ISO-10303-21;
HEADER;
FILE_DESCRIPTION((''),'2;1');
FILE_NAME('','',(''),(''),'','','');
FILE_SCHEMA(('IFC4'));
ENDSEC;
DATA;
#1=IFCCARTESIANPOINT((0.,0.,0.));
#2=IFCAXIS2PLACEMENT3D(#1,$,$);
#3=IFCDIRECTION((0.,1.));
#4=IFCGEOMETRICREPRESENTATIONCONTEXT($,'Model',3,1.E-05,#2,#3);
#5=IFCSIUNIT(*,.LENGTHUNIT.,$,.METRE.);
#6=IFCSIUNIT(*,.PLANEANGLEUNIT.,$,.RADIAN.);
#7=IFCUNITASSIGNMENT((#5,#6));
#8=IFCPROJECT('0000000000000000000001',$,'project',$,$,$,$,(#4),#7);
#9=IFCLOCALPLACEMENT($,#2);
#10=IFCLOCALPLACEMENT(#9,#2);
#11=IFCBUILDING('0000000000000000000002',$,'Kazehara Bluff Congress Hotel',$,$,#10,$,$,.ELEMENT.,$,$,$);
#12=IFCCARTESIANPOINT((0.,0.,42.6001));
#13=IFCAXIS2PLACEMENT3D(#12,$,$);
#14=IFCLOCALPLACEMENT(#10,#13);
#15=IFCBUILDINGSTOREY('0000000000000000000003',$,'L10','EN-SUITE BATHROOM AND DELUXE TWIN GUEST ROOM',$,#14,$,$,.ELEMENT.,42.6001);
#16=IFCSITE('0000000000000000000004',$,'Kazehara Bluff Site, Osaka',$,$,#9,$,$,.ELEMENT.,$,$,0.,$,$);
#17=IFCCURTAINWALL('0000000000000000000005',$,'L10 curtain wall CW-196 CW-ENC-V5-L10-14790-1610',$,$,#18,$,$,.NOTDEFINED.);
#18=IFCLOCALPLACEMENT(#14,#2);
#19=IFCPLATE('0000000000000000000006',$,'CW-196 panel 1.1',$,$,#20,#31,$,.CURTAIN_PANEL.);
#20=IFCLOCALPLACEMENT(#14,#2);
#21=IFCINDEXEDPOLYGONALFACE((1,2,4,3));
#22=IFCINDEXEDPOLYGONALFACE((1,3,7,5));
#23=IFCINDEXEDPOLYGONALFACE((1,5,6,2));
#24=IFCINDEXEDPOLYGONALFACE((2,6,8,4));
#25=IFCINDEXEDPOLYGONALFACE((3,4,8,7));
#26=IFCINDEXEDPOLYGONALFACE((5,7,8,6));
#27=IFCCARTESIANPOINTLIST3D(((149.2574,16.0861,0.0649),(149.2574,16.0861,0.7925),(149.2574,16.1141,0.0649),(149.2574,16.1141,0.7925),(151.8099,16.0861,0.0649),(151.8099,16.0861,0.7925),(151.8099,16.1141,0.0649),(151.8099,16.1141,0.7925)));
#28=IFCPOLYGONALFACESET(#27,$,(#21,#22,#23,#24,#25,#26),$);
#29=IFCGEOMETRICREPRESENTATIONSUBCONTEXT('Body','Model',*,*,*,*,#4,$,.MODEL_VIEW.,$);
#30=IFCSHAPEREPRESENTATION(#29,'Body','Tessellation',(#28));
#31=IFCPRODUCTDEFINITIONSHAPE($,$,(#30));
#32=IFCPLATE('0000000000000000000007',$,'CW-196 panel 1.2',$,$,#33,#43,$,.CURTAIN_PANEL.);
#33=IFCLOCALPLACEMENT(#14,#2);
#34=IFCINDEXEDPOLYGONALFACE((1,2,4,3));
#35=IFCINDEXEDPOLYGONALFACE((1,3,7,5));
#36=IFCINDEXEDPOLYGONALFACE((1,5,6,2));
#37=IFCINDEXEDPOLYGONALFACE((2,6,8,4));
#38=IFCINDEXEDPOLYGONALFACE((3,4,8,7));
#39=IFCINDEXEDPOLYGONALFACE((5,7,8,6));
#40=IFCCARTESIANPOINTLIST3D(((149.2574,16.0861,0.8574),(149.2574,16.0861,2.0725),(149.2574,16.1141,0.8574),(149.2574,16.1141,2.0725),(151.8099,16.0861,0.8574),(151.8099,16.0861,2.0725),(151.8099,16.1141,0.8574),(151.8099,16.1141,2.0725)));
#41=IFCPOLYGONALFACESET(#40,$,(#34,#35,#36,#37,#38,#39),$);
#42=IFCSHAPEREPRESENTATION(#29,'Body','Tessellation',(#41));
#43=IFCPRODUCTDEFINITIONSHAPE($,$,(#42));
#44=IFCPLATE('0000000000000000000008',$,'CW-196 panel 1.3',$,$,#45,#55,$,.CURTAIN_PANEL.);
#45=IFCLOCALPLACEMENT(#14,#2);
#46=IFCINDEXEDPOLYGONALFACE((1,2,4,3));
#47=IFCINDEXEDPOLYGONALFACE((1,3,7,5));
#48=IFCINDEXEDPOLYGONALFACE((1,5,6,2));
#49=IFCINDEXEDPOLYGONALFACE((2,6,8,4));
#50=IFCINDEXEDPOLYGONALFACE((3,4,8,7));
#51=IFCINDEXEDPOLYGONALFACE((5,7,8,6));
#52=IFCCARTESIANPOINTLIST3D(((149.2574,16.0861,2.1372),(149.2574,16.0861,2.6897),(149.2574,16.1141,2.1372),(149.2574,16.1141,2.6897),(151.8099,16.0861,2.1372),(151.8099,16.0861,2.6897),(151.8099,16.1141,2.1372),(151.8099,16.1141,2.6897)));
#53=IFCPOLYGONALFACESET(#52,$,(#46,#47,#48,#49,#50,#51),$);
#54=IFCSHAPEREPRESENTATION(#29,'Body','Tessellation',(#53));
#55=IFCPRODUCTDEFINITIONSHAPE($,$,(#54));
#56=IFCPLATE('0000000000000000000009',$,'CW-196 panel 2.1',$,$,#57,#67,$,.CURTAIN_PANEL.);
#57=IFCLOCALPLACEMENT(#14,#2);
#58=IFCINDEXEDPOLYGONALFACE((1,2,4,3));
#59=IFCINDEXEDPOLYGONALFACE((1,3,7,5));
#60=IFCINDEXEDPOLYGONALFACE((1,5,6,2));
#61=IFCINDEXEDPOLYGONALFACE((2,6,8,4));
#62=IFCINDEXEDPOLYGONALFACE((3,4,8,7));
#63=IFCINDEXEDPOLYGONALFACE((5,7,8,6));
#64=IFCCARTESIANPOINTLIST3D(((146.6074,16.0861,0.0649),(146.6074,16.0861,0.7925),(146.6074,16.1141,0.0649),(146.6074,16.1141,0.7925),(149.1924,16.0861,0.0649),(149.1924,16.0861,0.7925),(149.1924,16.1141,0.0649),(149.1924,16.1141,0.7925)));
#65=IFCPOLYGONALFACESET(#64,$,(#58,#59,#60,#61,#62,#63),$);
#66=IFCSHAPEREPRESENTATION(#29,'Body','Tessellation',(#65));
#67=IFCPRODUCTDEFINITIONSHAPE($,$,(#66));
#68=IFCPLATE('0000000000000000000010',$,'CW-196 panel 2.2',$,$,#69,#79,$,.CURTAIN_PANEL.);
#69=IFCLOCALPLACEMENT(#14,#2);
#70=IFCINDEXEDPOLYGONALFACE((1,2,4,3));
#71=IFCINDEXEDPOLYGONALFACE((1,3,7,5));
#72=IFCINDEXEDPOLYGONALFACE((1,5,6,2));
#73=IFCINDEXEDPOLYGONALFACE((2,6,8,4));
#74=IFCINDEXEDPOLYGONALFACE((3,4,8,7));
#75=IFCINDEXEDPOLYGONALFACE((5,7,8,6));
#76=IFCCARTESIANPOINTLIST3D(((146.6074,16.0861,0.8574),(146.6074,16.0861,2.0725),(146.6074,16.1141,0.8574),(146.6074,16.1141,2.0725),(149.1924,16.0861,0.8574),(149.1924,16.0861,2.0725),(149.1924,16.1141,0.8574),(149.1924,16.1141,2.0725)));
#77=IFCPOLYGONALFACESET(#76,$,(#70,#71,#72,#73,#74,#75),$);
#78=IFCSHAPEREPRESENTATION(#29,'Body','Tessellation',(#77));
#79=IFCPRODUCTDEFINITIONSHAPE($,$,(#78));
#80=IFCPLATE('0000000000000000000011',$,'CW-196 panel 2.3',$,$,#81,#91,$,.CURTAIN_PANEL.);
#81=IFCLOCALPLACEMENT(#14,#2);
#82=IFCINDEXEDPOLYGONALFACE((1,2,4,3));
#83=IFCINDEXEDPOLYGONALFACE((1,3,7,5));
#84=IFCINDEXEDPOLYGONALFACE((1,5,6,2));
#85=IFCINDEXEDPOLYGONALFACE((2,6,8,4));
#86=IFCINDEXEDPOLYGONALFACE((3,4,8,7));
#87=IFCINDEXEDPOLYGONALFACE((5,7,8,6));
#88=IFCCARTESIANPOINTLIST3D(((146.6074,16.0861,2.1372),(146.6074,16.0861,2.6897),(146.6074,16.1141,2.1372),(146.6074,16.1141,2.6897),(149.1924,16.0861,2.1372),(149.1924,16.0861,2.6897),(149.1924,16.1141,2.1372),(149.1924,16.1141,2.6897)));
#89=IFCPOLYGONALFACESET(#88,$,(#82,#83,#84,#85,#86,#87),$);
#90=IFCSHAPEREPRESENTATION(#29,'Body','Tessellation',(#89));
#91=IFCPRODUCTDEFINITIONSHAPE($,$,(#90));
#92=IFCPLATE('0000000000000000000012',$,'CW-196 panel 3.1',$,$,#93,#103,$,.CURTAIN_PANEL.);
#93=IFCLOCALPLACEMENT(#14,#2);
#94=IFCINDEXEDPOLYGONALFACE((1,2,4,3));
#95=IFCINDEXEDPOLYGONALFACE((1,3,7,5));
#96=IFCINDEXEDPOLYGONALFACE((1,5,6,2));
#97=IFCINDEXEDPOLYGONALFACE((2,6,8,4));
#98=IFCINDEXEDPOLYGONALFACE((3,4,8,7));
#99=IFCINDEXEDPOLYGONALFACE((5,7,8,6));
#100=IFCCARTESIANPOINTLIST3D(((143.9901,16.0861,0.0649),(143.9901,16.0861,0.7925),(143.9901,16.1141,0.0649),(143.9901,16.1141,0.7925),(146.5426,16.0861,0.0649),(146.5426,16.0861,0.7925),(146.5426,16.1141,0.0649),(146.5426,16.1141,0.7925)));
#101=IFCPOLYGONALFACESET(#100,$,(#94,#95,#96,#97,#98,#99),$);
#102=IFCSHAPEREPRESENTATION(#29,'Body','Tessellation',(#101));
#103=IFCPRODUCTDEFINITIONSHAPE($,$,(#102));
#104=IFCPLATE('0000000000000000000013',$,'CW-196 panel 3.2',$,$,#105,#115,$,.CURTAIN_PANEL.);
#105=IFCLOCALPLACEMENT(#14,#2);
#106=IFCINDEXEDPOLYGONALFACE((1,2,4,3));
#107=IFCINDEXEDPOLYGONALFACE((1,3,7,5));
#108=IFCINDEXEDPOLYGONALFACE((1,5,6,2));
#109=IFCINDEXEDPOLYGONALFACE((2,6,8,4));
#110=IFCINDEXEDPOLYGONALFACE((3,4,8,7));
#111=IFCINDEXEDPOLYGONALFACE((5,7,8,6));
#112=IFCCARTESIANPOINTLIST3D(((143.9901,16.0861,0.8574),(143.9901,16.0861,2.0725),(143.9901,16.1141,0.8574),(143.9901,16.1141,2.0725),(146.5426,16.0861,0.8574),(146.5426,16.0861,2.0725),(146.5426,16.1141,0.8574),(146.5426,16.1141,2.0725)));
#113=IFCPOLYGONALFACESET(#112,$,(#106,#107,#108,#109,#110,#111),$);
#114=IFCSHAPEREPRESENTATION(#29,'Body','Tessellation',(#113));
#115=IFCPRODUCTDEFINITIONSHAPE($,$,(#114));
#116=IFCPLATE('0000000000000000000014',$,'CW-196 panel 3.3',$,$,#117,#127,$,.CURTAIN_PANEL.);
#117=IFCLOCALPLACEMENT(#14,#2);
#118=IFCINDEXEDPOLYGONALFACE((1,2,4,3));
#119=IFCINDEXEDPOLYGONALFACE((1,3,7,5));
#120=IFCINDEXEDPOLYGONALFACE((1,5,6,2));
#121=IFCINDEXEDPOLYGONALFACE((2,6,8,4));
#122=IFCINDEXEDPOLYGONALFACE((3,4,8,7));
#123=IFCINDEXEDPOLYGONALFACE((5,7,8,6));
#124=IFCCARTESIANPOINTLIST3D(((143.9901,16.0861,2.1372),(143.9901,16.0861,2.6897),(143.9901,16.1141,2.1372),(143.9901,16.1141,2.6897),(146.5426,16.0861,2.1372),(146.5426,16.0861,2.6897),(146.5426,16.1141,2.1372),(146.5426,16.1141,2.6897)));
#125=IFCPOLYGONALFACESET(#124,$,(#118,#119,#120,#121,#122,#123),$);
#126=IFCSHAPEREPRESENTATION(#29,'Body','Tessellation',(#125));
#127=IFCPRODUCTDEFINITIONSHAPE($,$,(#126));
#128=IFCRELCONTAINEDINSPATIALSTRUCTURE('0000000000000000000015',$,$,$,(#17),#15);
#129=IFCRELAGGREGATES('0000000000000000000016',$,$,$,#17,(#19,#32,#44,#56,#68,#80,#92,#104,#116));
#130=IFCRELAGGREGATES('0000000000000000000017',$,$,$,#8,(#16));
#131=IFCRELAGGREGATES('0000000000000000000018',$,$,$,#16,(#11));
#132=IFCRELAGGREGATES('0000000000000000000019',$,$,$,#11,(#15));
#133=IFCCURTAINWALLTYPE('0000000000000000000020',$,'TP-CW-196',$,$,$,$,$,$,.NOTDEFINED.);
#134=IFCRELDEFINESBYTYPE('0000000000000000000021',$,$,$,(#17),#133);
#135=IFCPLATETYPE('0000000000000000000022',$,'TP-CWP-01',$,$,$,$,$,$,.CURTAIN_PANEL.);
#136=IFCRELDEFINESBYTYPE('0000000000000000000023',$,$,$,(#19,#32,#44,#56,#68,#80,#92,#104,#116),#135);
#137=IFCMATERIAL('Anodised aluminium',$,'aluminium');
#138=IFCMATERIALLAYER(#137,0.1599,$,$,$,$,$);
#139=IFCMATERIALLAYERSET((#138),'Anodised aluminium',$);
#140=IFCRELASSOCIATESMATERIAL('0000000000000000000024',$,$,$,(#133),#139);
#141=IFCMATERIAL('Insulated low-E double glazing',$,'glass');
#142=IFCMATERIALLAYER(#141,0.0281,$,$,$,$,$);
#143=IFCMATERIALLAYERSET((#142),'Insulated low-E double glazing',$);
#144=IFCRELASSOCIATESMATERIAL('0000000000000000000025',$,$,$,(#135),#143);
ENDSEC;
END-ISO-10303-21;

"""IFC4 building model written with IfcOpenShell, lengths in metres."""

from ifc_helpers import new_model, si_unit, direction, frame, origin, origin_2d, place, context, subcontext, project, spatial, rectangle, extrude, material, layer, layer_set, type_object, element, aggregate, save


model = new_model("IFC4")

# Units and contexts
model_context = context("Model", 3, precision=1e-05, world=origin(), true_north=direction((0.0, 1.0)))
body_context = subcontext(model_context, "Body", "Model", "MODEL_VIEW")
ifc_project = project(units=[si_unit("LENGTHUNIT", "METRE"), si_unit("PLANEANGLEUNIT", "RADIAN")], contexts=[model_context])

# Site, building, storey
site_placement = place(None, origin())
site = spatial("IfcSite", under=ifc_project, at=site_placement, Name="Kazehara Bluff Site, Osaka", CompositionType="ELEMENT", RefElevation=0.0)
building_placement = place(site_placement, origin())
building = spatial("IfcBuilding", under=site, at=building_placement, Name="Kazehara Bluff Congress Hotel", CompositionType="ELEMENT")
storey_placement = place(building_placement, frame((0.0, 0.0, 42.6001)))
storey = spatial("IfcBuildingStorey", under=building, at=storey_placement, Name="L10", Description="EN-SUITE BATHROOM AND DELUXE TWIN GUEST ROOM", CompositionType="ELEMENT", Elevation=42.6001)

# Curtain wall
ifc_material_1 = material(Name="Anodised aluminium", Category="aluminium")
ifc_layer_1 = layer(ifc_material_1, 0.1599)
ifc_layer_set_1 = layer_set([ifc_layer_1], Name="Anodised aluminium")
curtain_wall_type = type_object("IfcCurtainWallType", Name="TP-CW-196", PredefinedType="NOTDEFINED", material=ifc_layer_set_1)
curtain_wall_placement = place(storey_placement, origin())
curtain_wall = element("IfcCurtainWall", 1, at=curtain_wall_placement, inside=storey, type_object=curtain_wall_type, Name="L10 curtain wall CW-196 CW-ENC-V5-L10-14790-1610", PredefinedType="NOTDEFINED")

# Plates
ifc_material_2 = material(Name="Insulated low-E double glazing", Category="glass")
ifc_layer_2 = layer(ifc_material_2, 0.0281)
ifc_layer_set_2 = layer_set([ifc_layer_2], Name="Insulated low-E double glazing")
plate_type = type_object("IfcPlateType", Name="TP-CWP-01", PredefinedType="CURTAIN_PANEL", material=ifc_layer_set_2)
plate_1_placement = place(storey_placement, frame((150.5337, 16.1001, 0.0649), z_axis=(0.0, 0.0, 1.0), x_axis=(-1.0, 0.0, 0.0)))
plate_1 = element("IfcPlate", 2, at=plate_1_placement, type_object=plate_type, Name="CW-196 panel 1.1", PredefinedType="CURTAIN_PANEL", context=body_context, shape_type="SweptSolid", body=[
    extrude(rectangle(XDim=2.5525, YDim=0.0281, at=origin_2d()), origin(), (0.0, 0.0, 1.0), 0.7275),
])
plate_2_placement = place(storey_placement, frame((150.5337, 16.1001, 0.8574), z_axis=(0.0, 0.0, 1.0), x_axis=(-1.0, 0.0, 0.0)))
plate_2 = element("IfcPlate", 3, at=plate_2_placement, type_object=plate_type, Name="CW-196 panel 1.2", PredefinedType="CURTAIN_PANEL", context=body_context, shape_type="SweptSolid", body=[
    extrude(rectangle(XDim=2.5525, YDim=0.0281, at=origin_2d()), origin(), (0.0, 0.0, 1.0), 1.2151),
])
plate_3_placement = place(storey_placement, frame((150.5337, 16.1001, 2.1372), z_axis=(0.0, 0.0, 1.0), x_axis=(-1.0, 0.0, 0.0)))
plate_3 = element("IfcPlate", 4, at=plate_3_placement, type_object=plate_type, Name="CW-196 panel 1.3", PredefinedType="CURTAIN_PANEL", context=body_context, shape_type="SweptSolid", body=[
    extrude(rectangle(XDim=2.5525, YDim=0.0281, at=origin_2d()), origin(), (0.0, 0.0, 1.0), 0.5525),
])
plate_4_placement = place(storey_placement, frame((147.8999, 16.1001, 0.0649), z_axis=(0.0, 0.0, 1.0), x_axis=(-1.0, 0.0, 0.0)))
plate_4 = element("IfcPlate", 5, at=plate_4_placement, type_object=plate_type, Name="CW-196 panel 2.1", PredefinedType="CURTAIN_PANEL", context=body_context, shape_type="SweptSolid", body=[
    extrude(rectangle(XDim=2.585, YDim=0.0281, at=origin_2d()), origin(), (0.0, 0.0, 1.0), 0.7275),
])
plate_5_placement = place(storey_placement, frame((147.8999, 16.1001, 0.8574), z_axis=(0.0, 0.0, 1.0), x_axis=(-1.0, 0.0, 0.0)))
plate_5 = element("IfcPlate", 6, at=plate_5_placement, type_object=plate_type, Name="CW-196 panel 2.2", PredefinedType="CURTAIN_PANEL", context=body_context, shape_type="SweptSolid", body=[
    extrude(rectangle(XDim=2.585, YDim=0.0281, at=origin_2d()), origin(), (0.0, 0.0, 1.0), 1.2151),
])
plate_6_placement = place(storey_placement, frame((147.8999, 16.1001, 2.1372), z_axis=(0.0, 0.0, 1.0), x_axis=(-1.0, 0.0, 0.0)))
plate_6 = element("IfcPlate", 7, at=plate_6_placement, type_object=plate_type, Name="CW-196 panel 2.3", PredefinedType="CURTAIN_PANEL", context=body_context, shape_type="SweptSolid", body=[
    extrude(rectangle(XDim=2.585, YDim=0.0281, at=origin_2d()), origin(), (0.0, 0.0, 1.0), 0.5525),
])
plate_7_placement = place(storey_placement, frame((145.2664, 16.1001, 0.0649), z_axis=(0.0, 0.0, 1.0), x_axis=(-1.0, 0.0, 0.0)))
plate_7 = element("IfcPlate", 8, at=plate_7_placement, type_object=plate_type, Name="CW-196 panel 3.1", PredefinedType="CURTAIN_PANEL", context=body_context, shape_type="SweptSolid", body=[
    extrude(rectangle(XDim=2.5525, YDim=0.0281, at=origin_2d()), origin(), (0.0, 0.0, 1.0), 0.7275),
])
plate_8_placement = place(storey_placement, frame((145.2664, 16.1001, 0.8574), z_axis=(0.0, 0.0, 1.0), x_axis=(-1.0, 0.0, 0.0)))
plate_8 = element("IfcPlate", 9, at=plate_8_placement, type_object=plate_type, Name="CW-196 panel 3.2", PredefinedType="CURTAIN_PANEL", context=body_context, shape_type="SweptSolid", body=[
    extrude(rectangle(XDim=2.5525, YDim=0.0281, at=origin_2d()), origin(), (0.0, 0.0, 1.0), 1.2151),
])
plate_9_placement = place(storey_placement, frame((145.2664, 16.1001, 2.1372), z_axis=(0.0, 0.0, 1.0), x_axis=(-1.0, 0.0, 0.0)))
plate_9 = element("IfcPlate", 10, at=plate_9_placement, type_object=plate_type, Name="CW-196 panel 3.3", PredefinedType="CURTAIN_PANEL", context=body_context, shape_type="SweptSolid", body=[
    extrude(rectangle(XDim=2.5525, YDim=0.0281, at=origin_2d()), origin(), (0.0, 0.0, 1.0), 0.5525),
])
aggregate(curtain_wall, [plate_1, plate_2, plate_3, plate_4, plate_5, plate_6, plate_7, plate_8, plate_9])

save(model, "model.ifc")
